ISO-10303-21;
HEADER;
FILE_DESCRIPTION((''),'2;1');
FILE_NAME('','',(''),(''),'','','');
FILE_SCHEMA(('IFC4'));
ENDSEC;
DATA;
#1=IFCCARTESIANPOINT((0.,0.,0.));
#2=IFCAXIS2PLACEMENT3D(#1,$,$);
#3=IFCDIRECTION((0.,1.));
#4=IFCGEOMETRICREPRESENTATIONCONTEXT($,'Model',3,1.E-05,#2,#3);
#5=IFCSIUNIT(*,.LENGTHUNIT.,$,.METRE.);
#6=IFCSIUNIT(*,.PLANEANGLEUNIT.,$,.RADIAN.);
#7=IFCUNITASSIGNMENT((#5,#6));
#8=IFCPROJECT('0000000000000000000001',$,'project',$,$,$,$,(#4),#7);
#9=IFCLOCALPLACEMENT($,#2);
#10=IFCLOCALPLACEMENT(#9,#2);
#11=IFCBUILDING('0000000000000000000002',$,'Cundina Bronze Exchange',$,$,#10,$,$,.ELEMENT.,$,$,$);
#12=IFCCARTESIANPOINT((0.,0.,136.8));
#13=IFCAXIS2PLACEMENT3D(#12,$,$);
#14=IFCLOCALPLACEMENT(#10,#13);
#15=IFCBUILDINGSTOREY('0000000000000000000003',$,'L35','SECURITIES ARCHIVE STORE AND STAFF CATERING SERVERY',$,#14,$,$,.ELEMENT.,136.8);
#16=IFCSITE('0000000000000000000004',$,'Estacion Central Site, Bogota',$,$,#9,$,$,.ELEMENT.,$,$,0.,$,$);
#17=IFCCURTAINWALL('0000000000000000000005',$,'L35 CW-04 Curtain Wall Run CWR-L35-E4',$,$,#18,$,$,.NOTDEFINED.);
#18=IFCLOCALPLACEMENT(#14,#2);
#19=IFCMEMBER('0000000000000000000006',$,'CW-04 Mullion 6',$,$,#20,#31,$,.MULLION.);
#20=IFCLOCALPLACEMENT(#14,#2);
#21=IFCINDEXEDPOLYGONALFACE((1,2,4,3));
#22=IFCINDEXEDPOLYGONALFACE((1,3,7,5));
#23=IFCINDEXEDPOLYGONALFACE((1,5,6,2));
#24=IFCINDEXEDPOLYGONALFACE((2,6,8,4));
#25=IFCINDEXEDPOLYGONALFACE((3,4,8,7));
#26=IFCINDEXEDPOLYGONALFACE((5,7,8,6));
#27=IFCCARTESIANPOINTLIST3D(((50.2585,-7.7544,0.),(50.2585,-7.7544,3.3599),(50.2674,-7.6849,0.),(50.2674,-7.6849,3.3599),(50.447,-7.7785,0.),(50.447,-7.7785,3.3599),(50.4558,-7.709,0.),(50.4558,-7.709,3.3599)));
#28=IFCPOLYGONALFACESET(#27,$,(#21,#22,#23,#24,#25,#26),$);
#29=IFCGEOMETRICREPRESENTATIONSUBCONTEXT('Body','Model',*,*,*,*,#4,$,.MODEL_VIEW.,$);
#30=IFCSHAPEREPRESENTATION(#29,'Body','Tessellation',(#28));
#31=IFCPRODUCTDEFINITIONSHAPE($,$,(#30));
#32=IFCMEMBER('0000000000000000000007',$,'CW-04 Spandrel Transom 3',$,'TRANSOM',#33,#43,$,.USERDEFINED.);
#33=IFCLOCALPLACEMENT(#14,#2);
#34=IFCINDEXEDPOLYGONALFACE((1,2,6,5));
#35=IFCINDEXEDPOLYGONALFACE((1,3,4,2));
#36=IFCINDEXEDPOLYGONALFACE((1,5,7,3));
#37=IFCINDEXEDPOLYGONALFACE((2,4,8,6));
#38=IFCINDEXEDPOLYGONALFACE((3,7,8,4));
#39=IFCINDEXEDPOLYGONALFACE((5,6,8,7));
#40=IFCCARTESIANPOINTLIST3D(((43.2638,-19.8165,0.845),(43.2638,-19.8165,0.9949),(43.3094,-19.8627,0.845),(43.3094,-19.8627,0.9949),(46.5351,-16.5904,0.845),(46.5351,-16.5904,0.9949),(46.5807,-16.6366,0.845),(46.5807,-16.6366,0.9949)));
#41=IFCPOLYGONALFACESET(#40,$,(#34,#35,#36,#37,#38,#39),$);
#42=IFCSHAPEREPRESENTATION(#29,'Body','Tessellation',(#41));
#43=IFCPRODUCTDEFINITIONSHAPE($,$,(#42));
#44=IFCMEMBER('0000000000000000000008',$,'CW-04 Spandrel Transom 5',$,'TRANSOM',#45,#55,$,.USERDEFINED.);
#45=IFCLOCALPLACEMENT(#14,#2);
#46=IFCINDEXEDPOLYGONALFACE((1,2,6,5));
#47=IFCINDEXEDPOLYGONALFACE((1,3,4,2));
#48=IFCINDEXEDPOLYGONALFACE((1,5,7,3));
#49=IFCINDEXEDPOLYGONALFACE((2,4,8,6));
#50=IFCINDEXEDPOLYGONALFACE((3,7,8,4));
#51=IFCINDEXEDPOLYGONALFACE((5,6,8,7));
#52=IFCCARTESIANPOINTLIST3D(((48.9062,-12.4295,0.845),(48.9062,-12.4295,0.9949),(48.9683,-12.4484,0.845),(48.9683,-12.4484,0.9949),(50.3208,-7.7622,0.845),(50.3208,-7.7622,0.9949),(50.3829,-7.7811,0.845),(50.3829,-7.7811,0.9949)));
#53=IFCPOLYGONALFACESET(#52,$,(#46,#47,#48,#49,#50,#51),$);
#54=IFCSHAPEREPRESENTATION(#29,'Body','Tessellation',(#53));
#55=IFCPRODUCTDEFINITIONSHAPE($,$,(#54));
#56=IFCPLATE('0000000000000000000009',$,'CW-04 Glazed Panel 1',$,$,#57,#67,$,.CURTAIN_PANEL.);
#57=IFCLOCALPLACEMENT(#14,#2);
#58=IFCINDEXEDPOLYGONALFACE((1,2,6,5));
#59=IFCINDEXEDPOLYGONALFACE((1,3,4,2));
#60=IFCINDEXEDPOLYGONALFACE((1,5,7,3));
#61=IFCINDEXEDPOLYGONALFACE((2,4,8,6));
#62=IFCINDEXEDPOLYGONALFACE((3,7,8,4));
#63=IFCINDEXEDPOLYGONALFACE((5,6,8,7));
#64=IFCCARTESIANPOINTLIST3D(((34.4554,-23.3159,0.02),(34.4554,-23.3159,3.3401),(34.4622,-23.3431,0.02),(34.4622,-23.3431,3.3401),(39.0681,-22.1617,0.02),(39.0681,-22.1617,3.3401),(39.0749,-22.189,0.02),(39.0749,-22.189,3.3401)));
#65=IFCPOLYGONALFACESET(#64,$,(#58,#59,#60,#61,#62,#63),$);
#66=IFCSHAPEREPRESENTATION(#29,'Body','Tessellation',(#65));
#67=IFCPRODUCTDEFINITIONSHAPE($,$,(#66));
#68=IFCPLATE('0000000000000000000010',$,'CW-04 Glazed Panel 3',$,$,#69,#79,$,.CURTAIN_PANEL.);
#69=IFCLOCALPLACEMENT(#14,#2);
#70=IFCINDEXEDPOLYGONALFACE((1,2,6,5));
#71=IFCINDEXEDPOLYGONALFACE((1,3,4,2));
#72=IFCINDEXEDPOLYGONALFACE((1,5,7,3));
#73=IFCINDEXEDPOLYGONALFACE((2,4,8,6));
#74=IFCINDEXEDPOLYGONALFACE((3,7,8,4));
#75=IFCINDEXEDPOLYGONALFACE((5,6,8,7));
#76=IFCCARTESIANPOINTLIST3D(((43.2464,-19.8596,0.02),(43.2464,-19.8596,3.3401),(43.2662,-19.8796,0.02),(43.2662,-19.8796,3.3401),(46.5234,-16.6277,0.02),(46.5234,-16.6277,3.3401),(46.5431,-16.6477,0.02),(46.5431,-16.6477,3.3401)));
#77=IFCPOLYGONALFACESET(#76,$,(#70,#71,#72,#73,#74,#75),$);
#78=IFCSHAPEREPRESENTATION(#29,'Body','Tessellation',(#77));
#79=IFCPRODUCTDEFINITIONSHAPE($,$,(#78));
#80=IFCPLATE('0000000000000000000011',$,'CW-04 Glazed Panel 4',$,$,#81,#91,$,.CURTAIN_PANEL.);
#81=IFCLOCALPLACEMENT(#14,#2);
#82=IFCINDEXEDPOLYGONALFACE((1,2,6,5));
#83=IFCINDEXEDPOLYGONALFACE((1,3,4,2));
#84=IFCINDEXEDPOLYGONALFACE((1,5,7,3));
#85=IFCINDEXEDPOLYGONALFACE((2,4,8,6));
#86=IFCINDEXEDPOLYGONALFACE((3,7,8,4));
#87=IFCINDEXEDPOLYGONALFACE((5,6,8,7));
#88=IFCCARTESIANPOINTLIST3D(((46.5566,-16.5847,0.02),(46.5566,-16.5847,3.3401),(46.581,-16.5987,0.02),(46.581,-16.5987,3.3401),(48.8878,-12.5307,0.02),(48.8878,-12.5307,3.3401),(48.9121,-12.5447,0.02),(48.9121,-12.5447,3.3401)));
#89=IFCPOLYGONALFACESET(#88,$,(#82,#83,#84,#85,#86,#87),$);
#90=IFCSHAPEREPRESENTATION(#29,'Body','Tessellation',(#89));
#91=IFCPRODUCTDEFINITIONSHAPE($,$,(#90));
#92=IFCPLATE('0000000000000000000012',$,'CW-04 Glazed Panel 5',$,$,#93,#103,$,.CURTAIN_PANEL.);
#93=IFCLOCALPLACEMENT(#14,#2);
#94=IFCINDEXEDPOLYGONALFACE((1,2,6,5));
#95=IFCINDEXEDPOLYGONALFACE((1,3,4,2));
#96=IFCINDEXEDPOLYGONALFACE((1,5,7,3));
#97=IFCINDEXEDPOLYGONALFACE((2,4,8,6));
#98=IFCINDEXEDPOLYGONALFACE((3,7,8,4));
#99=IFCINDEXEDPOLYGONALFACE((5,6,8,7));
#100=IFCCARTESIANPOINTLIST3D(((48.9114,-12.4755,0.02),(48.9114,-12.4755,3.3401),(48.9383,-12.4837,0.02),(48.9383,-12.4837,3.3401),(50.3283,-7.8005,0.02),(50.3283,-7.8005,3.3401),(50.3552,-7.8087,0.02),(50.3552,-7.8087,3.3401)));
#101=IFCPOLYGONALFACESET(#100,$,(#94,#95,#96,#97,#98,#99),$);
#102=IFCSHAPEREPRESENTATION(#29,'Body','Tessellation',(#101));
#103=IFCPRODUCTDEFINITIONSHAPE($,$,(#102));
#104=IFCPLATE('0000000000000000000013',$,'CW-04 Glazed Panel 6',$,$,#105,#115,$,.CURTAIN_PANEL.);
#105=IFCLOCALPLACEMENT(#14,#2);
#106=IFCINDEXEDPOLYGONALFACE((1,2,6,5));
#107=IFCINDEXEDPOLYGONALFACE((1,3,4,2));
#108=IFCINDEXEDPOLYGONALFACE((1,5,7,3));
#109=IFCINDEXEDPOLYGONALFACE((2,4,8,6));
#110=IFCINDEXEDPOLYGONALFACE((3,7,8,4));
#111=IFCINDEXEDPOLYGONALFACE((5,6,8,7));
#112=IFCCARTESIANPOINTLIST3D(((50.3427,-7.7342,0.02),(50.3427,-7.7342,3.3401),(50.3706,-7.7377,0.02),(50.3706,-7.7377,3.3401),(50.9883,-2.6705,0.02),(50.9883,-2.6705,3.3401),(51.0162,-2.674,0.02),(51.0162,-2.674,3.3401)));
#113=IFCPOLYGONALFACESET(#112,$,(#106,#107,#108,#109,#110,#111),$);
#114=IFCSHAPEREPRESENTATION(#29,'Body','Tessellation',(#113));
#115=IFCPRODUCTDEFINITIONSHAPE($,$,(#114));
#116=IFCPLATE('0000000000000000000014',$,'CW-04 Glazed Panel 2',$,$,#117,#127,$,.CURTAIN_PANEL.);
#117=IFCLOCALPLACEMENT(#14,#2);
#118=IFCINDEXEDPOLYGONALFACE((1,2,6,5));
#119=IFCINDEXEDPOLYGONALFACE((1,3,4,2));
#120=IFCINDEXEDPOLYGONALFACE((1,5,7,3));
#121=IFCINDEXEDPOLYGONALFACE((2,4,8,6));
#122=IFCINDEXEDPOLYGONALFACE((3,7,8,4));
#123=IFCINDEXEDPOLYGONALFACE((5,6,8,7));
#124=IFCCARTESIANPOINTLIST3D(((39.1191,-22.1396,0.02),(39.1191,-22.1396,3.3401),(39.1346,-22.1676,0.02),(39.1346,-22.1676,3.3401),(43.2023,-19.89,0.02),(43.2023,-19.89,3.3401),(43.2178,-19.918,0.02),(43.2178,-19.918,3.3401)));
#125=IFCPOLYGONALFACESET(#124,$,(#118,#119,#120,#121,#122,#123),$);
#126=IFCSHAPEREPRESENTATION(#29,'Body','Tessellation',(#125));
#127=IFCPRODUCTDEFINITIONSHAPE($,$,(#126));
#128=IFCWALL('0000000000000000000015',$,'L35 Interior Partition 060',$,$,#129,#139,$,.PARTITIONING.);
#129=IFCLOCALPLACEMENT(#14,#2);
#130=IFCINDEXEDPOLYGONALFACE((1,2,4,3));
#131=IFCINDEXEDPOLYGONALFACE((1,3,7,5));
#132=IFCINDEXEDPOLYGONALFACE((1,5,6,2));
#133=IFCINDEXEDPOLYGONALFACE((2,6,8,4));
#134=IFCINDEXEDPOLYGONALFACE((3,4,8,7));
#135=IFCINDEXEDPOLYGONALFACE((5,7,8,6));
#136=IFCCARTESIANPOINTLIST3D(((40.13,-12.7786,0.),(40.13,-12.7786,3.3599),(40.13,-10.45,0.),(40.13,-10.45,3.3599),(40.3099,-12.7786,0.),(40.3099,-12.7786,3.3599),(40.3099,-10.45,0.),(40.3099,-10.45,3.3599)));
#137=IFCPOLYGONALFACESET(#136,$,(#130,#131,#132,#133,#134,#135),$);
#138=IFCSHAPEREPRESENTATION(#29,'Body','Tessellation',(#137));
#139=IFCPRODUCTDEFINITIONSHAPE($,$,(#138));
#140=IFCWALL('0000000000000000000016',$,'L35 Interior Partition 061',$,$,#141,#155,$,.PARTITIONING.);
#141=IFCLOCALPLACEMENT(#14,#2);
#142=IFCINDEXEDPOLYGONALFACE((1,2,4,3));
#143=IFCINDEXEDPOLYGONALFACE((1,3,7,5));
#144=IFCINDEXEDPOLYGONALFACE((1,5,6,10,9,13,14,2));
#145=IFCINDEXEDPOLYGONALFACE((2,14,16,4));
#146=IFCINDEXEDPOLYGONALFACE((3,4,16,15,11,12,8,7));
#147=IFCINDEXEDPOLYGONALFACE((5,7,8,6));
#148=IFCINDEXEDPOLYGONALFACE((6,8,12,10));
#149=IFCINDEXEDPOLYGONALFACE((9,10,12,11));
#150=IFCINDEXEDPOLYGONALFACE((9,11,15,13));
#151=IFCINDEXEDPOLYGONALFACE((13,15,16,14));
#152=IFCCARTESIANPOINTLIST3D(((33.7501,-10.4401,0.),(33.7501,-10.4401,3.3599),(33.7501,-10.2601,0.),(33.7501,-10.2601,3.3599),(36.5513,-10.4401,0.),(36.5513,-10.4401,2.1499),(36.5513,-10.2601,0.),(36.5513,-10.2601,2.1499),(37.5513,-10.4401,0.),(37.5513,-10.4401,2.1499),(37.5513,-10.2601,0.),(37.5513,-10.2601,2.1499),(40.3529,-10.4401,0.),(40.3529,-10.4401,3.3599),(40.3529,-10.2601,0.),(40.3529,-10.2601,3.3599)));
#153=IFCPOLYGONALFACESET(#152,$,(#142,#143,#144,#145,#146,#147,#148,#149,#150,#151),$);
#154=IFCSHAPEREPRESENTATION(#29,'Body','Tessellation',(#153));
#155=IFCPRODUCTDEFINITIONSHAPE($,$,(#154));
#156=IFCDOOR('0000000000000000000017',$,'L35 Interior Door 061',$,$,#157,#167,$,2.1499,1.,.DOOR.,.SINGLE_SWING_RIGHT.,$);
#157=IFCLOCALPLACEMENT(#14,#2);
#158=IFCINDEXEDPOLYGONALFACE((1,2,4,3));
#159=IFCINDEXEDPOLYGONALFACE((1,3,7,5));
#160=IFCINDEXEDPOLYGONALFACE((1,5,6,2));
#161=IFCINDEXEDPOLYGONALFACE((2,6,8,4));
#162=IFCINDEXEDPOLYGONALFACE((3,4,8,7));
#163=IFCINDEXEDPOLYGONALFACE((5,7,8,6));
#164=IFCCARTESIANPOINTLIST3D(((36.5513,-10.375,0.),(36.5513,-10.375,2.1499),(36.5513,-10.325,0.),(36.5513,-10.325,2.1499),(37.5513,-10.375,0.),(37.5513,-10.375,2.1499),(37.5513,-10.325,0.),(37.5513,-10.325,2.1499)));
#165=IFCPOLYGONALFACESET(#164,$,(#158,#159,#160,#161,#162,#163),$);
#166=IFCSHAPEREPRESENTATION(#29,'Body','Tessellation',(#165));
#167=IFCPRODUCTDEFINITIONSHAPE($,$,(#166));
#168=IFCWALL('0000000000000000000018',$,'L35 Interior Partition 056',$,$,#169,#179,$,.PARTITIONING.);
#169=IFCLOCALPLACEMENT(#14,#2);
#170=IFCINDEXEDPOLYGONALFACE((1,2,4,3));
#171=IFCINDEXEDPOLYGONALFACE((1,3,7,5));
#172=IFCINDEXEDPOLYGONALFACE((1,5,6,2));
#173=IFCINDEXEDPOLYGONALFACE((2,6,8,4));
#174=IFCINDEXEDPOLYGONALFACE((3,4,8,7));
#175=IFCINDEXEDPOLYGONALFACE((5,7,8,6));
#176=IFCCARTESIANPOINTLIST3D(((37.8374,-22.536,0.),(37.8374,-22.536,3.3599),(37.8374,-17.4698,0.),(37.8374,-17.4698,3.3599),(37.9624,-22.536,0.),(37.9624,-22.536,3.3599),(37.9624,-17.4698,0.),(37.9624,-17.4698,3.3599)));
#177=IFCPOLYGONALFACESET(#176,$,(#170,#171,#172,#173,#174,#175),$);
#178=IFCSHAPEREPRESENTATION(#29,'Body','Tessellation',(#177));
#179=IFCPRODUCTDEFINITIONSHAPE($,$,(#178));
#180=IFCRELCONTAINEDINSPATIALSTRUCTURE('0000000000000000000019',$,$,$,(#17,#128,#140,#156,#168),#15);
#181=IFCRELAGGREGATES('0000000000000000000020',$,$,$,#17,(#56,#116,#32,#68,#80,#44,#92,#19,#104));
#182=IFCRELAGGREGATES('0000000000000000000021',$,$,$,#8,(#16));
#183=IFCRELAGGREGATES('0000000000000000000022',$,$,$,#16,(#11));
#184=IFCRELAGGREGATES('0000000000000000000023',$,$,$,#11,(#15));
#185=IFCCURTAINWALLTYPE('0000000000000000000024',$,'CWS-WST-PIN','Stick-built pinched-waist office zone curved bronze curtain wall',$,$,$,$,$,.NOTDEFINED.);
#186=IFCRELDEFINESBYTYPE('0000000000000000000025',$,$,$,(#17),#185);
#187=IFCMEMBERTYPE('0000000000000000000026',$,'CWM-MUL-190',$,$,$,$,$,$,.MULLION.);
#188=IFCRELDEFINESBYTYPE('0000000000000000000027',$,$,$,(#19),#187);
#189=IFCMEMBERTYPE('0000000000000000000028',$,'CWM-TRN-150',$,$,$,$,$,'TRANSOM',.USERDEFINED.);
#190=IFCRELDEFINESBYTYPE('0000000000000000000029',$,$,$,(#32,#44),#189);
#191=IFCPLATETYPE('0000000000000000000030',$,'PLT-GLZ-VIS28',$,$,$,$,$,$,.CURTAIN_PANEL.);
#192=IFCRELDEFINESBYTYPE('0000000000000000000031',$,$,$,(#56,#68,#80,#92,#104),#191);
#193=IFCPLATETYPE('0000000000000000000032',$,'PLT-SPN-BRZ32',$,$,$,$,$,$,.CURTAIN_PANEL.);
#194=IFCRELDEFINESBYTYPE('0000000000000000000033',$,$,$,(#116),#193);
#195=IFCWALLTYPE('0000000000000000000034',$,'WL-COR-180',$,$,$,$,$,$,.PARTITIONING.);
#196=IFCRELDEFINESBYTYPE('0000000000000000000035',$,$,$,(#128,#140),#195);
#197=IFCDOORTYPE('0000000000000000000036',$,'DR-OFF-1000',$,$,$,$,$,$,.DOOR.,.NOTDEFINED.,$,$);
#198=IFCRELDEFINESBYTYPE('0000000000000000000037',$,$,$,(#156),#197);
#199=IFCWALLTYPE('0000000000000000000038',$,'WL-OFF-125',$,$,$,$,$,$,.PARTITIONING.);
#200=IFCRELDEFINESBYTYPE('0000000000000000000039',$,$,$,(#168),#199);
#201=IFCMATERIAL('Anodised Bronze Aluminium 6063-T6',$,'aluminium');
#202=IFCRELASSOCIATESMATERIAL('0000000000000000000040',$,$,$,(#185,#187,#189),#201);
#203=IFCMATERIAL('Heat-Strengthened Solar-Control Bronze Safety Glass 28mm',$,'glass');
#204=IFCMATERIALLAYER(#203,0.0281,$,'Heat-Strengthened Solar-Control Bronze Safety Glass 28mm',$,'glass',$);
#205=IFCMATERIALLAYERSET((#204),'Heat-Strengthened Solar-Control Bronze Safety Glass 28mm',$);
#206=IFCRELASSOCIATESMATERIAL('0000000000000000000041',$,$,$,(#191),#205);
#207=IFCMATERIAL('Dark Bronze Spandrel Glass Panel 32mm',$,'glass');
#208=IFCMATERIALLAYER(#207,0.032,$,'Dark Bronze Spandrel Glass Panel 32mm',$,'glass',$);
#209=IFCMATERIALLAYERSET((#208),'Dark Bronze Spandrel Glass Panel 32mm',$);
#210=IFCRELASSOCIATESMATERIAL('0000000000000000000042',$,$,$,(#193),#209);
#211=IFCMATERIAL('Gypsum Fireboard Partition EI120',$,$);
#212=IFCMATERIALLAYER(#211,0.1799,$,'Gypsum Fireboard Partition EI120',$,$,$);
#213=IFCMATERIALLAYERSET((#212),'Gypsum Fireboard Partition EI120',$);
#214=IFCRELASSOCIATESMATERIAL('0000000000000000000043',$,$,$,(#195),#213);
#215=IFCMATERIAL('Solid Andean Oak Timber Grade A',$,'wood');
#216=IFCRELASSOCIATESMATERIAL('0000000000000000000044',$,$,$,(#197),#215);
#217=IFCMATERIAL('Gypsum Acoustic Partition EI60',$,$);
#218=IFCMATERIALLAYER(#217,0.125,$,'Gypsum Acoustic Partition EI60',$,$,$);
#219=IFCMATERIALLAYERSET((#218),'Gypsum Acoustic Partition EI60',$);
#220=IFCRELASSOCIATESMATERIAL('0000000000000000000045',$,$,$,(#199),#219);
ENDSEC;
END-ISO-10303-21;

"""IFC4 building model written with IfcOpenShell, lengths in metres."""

from ifc_helpers import new_model, si_unit, direction, frame, frame_2d, origin, origin_2d, place, context, subcontext, project, spatial, rectangle, extrude, material, layer, layer_set, material_profile, profile_set, type_object, element, fill, aggregate, save


model = new_model("IFC4")

# Units and contexts
model_context = context("Model", 3, precision=1e-05, world=origin(), true_north=direction((0.0, 1.0)))
body_context = subcontext(model_context, "Body", "Model", "MODEL_VIEW")
ifc_project = project(units=[si_unit("LENGTHUNIT", "METRE"), si_unit("PLANEANGLEUNIT", "RADIAN")], contexts=[model_context])

# Site, building, storey
site_placement = place(None, origin())
site = spatial("IfcSite", under=ifc_project, at=site_placement, Name="Estacion Central Site, Bogota", CompositionType="ELEMENT", RefElevation=0.0)
building_placement = place(site_placement, origin())
building = spatial("IfcBuilding", under=site, at=building_placement, Name="Cundina Bronze Exchange", CompositionType="ELEMENT")
storey_placement = place(building_placement, frame((0.0, 0.0, 136.8)))
storey = spatial("IfcBuildingStorey", under=building, at=storey_placement, Name="L35", Description="SECURITIES ARCHIVE STORE AND STAFF CATERING SERVERY", CompositionType="ELEMENT", Elevation=136.8)

# Curtain wall, members, plates
ifc_material_1 = material(Name="Anodised Bronze Aluminium 6063-T6", Category="aluminium")
curtain_wall_type = type_object("IfcCurtainWallType", Name="CWS-WST-PIN", Description="Stick-built pinched-waist office zone curved bronze curtain wall", PredefinedType="NOTDEFINED", material=ifc_material_1)
curtain_wall_placement = place(storey_placement, origin())
curtain_wall = element("IfcCurtainWall", 1, at=curtain_wall_placement, inside=storey, type_object=curtain_wall_type, Name="L35 CW-04 Curtain Wall Run CWR-L35-E4", PredefinedType="NOTDEFINED")
ifc_material_profile_1 = material_profile(ifc_material_1, rectangle(XDim=0.0701, YDim=0.1899, at=origin_2d()), Name="AL70X190", Category="aluminium")
ifc_profile_set_1 = profile_set([ifc_material_profile_1], Name="Anodised Bronze Aluminium 6063-T6")
member_type_1 = type_object("IfcMemberType", Name="CWM-MUL-190", PredefinedType="MULLION", material=ifc_profile_set_1)
member_1_placement = place(storey_placement, frame((50.3572, -7.7317, 0.0), z_axis=(0.0, 0.0, 1.0), x_axis=(0.126545, 0.991961, 0.0)))
member_1 = element("IfcMember", 2, at=member_1_placement, type_object=member_type_1, Name="CW-04 Mullion 6", PredefinedType="MULLION", context=body_context, shape_type="SweptSolid", body=[
    extrude(rectangle(XDim=0.0701, YDim=0.1899, at=origin_2d()), origin(), (0.0, 0.0, 1.0), 3.3599),
])
ifc_material_profile_2 = material_profile(ifc_material_1, rectangle(XDim=0.0649, YDim=0.1499, at=origin_2d()), Name="AL65X150", Category="aluminium")
ifc_profile_set_2 = profile_set([ifc_material_profile_2], Name="Anodised Bronze Aluminium 6063-T6")
member_type_2 = type_object("IfcMemberType", Name="CWM-TRN-150", ElementType="TRANSOM", PredefinedType="USERDEFINED", material=ifc_profile_set_2)
member_2_placement = place(storey_placement, frame((43.2866, -19.8396, 0.9199), z_axis=(0.712005, 0.702174, 0.0), x_axis=(-0.702174, 0.712005, 0.0)))
member_2 = element("IfcMember", 3, at=member_2_placement, type_object=member_type_2, Name="CW-04 Spandrel Transom 3", ObjectType="TRANSOM", PredefinedType="USERDEFINED", context=body_context, shape_type="SweptSolid", body=[
    extrude(rectangle(XDim=0.0649, YDim=0.1499, at=origin_2d()), origin(), (0.0, 0.0, 1.0), 4.5945),
])
member_3_placement = place(storey_placement, frame((48.9373, -12.439, 0.9199), z_axis=(0.290052, 0.957011, 0.0), x_axis=(-0.957011, 0.290052, 0.0)))
member_3 = element("IfcMember", 4, at=member_3_placement, type_object=member_type_2, Name="CW-04 Spandrel Transom 5", ObjectType="TRANSOM", PredefinedType="USERDEFINED", context=body_context, shape_type="SweptSolid", body=[
    extrude(rectangle(XDim=0.0649, YDim=0.1499, at=origin_2d()), origin(), (0.0, 0.0, 1.0), 4.877),
])
ifc_material_2 = material(Name="Heat-Strengthened Solar-Control Bronze Safety Glass 28mm", Category="glass")
ifc_layer_1 = layer(ifc_material_2, 0.0281, Name="Heat-Strengthened Solar-Control Bronze Safety Glass 28mm", Category="glass")
ifc_layer_set_1 = layer_set([ifc_layer_1], Name="Heat-Strengthened Solar-Control Bronze Safety Glass 28mm")
plate_type_1 = type_object("IfcPlateType", Name="PLT-GLZ-VIS28", PredefinedType="CURTAIN_PANEL", material=ifc_layer_set_1)
plate_1_placement = place(storey_placement, frame((36.7651, -22.7524, 0.02), z_axis=(0.0, 0.0, 1.0), x_axis=(0.970093, 0.242735, 0.0)))
plate_1 = element("IfcPlate", 5, at=plate_1_placement, type_object=plate_type_1, Name="CW-04 Glazed Panel 1", PredefinedType="CURTAIN_PANEL", context=body_context, shape_type="SweptSolid", body=[
    extrude(rectangle(XDim=4.7549, YDim=0.0281, at=origin_2d()), origin(), (0.0, 0.0, 1.0), 3.3201),
])
plate_2_placement = place(storey_placement, frame((44.8948, -18.2537, 0.02), z_axis=(0.0, 0.0, 1.0), x_axis=(0.711989, 0.70219, 0.0)))
plate_2 = element("IfcPlate", 6, at=plate_2_placement, type_object=plate_type_1, Name="CW-04 Glazed Panel 3", PredefinedType="CURTAIN_PANEL", context=body_context, shape_type="SweptSolid", body=[
    extrude(rectangle(XDim=4.6025, YDim=0.0281, at=origin_2d()), origin(), (0.0, 0.0, 1.0), 3.3201),
])
plate_3_placement = place(storey_placement, frame((47.7344, -14.5647, 0.02), z_axis=(0.0, 0.0, 1.0), x_axis=(0.498488, 0.866897, 0.0)))
plate_3 = element("IfcPlate", 7, at=plate_3_placement, type_object=plate_type_1, Name="CW-04 Glazed Panel 4", PredefinedType="CURTAIN_PANEL", context=body_context, shape_type="SweptSolid", body=[
    extrude(rectangle(XDim=4.6765, YDim=0.0281, at=origin_2d()), origin(), (0.0, 0.0, 1.0), 3.3201),
])
plate_4_placement = place(storey_placement, frame((49.6333, -10.1421, 0.02), z_axis=(0.0, 0.0, 1.0), x_axis=(0.290051, 0.957011, 0.0)))
plate_4 = element("IfcPlate", 8, at=plate_4_placement, type_object=plate_type_1, Name="CW-04 Glazed Panel 5", PredefinedType="CURTAIN_PANEL", context=body_context, shape_type="SweptSolid", body=[
    extrude(rectangle(XDim=4.885, YDim=0.0281, at=origin_2d()), origin(), (0.0, 0.0, 1.0), 3.3201),
])
plate_5_placement = place(storey_placement, frame((50.6794, -5.2041, 0.02), z_axis=(0.0, 0.0, 1.0), x_axis=(0.126476, 0.99197, 0.0)))
plate_5 = element("IfcPlate", 9, at=plate_5_placement, type_object=plate_type_1, Name="CW-04 Glazed Panel 6", PredefinedType="CURTAIN_PANEL", context=body_context, shape_type="SweptSolid", body=[
    extrude(rectangle(XDim=5.1047, YDim=0.0281, at=origin_2d()), origin(), (0.0, 0.0, 1.0), 3.3201),
])
ifc_material_3 = material(Name="Dark Bronze Spandrel Glass Panel 32mm", Category="glass")
ifc_layer_2 = layer(ifc_material_3, 0.032, Name="Dark Bronze Spandrel Glass Panel 32mm", Category="glass")
ifc_layer_set_2 = layer_set([ifc_layer_2], Name="Dark Bronze Spandrel Glass Panel 32mm")
plate_type_2 = type_object("IfcPlateType", Name="PLT-SPN-BRZ32", PredefinedType="CURTAIN_PANEL", material=ifc_layer_set_2)
plate_6_placement = place(storey_placement, frame((41.1685, -21.0288, 0.02), z_axis=(0.0, 0.0, 1.0), x_axis=(0.875869, 0.482549, 0.0)))
plate_6 = element("IfcPlate", 10, at=plate_6_placement, type_object=plate_type_2, Name="CW-04 Glazed Panel 2", PredefinedType="CURTAIN_PANEL", context=body_context, shape_type="SweptSolid", body=[
    extrude(rectangle(XDim=4.6619, YDim=0.032, at=origin_2d()), origin(), (0.0, 0.0, 1.0), 3.3201),
])
aggregate(curtain_wall, [plate_1, plate_6, member_2, plate_2, plate_3, member_3, plate_4, member_1, plate_5])

# Wall
ifc_material_4 = material(Name="Gypsum Fireboard Partition EI120")
ifc_layer_3 = layer(ifc_material_4, 0.1799, Name="Gypsum Fireboard Partition EI120")
ifc_layer_set_3 = layer_set([ifc_layer_3], Name="Gypsum Fireboard Partition EI120")
wall_type_1 = type_object("IfcWallType", Name="WL-COR-180", PredefinedType="PARTITIONING", material=ifc_layer_set_3)
wall_1_placement = place(storey_placement, frame((40.22, -12.7786, 0.0), z_axis=(0.0, 0.0, 1.0), x_axis=(0.0, 1.0, 0.0)))
element("IfcWall", 11, at=wall_1_placement, inside=storey, type_object=wall_type_1, Name="L35 Interior Partition 060", PredefinedType="PARTITIONING", context=body_context, shape_type="SweptSolid", body=[
    extrude(rectangle(XDim=2.3286, YDim=0.1799, at=frame_2d((1.1643, 0.0))), origin(), (0.0, 0.0, 1.0), 3.3599),
])

# Wall, opening, door
wall_2_placement = place(storey_placement, frame((40.3528, -10.3501, 0.0), z_axis=(0.0, 0.0, 1.0), x_axis=(-1.0, 0.0, 0.0)))
wall_2 = element("IfcWall", 12, at=wall_2_placement, inside=storey, type_object=wall_type_1, Name="L35 Interior Partition 061", PredefinedType="PARTITIONING", context=body_context, shape_type="SweptSolid", body=[
    extrude(rectangle(XDim=6.6028, YDim=0.1799, at=frame_2d((3.3013, 0.0))), origin(), (0.0, 0.0, 1.0), 3.3599),
])
opening_placement = place(wall_2_placement, frame((2.8015, 0.0, 0.0)))
opening = element("IfcOpeningElement", 13, at=opening_placement, cuts=wall_2, PredefinedType="OPENING", context=body_context, shape_type="SweptSolid", body=[
    extrude(rectangle(XDim=1.0, YDim=2.1499, at=frame_2d((0.5, 1.075))), frame((0.0, 0.0999, 0.0), z_axis=(0.0, -1.0, 0.0), x_axis=(1.0, 0.0, 0.0)), (0.0, 0.0, 1.0), 0.2),
])
ifc_material_5 = material(Name="Solid Andean Oak Timber Grade A", Category="wood")
door_type = type_object("IfcDoorType", Name="DR-OFF-1000", OperationType="NOTDEFINED", PredefinedType="DOOR", material=ifc_material_5)
door_placement = place(opening_placement, origin())
door = element("IfcDoor", 14, at=door_placement, inside=storey, type_object=door_type, Name="L35 Interior Door 061", OperationType="SINGLE_SWING_RIGHT", OverallHeight=2.1499, OverallWidth=1.0, PredefinedType="DOOR", context=body_context, shape_type="SweptSolid", body=[
    extrude(rectangle(XDim=1.0, YDim=2.1499, at=frame_2d((0.5, 1.075))), frame((0.0, 0.0249, 0.0), z_axis=(0.0, -1.0, 0.0), x_axis=(1.0, 0.0, 0.0)), (0.0, 0.0, 1.0), 0.05),
])
fill(opening, door)

# Wall
ifc_material_6 = material(Name="Gypsum Acoustic Partition EI60")
ifc_layer_4 = layer(ifc_material_6, 0.125, Name="Gypsum Acoustic Partition EI60")
ifc_layer_set_4 = layer_set([ifc_layer_4], Name="Gypsum Acoustic Partition EI60")
wall_type_2 = type_object("IfcWallType", Name="WL-OFF-125", PredefinedType="PARTITIONING", material=ifc_layer_set_4)
wall_3_placement = place(storey_placement, frame((37.8999, -22.5361, 0.0), z_axis=(0.0, 0.0, 1.0), x_axis=(0.0, 1.0, 0.0)))
element("IfcWall", 15, at=wall_3_placement, inside=storey, type_object=wall_type_2, Name="L35 Interior Partition 056", PredefinedType="PARTITIONING", context=body_context, shape_type="SweptSolid", body=[
    extrude(rectangle(XDim=5.0662, YDim=0.125, at=frame_2d((2.5332, 0.0))), origin(), (0.0, 0.0, 1.0), 3.3599),
])

save(model, "model.ifc")
